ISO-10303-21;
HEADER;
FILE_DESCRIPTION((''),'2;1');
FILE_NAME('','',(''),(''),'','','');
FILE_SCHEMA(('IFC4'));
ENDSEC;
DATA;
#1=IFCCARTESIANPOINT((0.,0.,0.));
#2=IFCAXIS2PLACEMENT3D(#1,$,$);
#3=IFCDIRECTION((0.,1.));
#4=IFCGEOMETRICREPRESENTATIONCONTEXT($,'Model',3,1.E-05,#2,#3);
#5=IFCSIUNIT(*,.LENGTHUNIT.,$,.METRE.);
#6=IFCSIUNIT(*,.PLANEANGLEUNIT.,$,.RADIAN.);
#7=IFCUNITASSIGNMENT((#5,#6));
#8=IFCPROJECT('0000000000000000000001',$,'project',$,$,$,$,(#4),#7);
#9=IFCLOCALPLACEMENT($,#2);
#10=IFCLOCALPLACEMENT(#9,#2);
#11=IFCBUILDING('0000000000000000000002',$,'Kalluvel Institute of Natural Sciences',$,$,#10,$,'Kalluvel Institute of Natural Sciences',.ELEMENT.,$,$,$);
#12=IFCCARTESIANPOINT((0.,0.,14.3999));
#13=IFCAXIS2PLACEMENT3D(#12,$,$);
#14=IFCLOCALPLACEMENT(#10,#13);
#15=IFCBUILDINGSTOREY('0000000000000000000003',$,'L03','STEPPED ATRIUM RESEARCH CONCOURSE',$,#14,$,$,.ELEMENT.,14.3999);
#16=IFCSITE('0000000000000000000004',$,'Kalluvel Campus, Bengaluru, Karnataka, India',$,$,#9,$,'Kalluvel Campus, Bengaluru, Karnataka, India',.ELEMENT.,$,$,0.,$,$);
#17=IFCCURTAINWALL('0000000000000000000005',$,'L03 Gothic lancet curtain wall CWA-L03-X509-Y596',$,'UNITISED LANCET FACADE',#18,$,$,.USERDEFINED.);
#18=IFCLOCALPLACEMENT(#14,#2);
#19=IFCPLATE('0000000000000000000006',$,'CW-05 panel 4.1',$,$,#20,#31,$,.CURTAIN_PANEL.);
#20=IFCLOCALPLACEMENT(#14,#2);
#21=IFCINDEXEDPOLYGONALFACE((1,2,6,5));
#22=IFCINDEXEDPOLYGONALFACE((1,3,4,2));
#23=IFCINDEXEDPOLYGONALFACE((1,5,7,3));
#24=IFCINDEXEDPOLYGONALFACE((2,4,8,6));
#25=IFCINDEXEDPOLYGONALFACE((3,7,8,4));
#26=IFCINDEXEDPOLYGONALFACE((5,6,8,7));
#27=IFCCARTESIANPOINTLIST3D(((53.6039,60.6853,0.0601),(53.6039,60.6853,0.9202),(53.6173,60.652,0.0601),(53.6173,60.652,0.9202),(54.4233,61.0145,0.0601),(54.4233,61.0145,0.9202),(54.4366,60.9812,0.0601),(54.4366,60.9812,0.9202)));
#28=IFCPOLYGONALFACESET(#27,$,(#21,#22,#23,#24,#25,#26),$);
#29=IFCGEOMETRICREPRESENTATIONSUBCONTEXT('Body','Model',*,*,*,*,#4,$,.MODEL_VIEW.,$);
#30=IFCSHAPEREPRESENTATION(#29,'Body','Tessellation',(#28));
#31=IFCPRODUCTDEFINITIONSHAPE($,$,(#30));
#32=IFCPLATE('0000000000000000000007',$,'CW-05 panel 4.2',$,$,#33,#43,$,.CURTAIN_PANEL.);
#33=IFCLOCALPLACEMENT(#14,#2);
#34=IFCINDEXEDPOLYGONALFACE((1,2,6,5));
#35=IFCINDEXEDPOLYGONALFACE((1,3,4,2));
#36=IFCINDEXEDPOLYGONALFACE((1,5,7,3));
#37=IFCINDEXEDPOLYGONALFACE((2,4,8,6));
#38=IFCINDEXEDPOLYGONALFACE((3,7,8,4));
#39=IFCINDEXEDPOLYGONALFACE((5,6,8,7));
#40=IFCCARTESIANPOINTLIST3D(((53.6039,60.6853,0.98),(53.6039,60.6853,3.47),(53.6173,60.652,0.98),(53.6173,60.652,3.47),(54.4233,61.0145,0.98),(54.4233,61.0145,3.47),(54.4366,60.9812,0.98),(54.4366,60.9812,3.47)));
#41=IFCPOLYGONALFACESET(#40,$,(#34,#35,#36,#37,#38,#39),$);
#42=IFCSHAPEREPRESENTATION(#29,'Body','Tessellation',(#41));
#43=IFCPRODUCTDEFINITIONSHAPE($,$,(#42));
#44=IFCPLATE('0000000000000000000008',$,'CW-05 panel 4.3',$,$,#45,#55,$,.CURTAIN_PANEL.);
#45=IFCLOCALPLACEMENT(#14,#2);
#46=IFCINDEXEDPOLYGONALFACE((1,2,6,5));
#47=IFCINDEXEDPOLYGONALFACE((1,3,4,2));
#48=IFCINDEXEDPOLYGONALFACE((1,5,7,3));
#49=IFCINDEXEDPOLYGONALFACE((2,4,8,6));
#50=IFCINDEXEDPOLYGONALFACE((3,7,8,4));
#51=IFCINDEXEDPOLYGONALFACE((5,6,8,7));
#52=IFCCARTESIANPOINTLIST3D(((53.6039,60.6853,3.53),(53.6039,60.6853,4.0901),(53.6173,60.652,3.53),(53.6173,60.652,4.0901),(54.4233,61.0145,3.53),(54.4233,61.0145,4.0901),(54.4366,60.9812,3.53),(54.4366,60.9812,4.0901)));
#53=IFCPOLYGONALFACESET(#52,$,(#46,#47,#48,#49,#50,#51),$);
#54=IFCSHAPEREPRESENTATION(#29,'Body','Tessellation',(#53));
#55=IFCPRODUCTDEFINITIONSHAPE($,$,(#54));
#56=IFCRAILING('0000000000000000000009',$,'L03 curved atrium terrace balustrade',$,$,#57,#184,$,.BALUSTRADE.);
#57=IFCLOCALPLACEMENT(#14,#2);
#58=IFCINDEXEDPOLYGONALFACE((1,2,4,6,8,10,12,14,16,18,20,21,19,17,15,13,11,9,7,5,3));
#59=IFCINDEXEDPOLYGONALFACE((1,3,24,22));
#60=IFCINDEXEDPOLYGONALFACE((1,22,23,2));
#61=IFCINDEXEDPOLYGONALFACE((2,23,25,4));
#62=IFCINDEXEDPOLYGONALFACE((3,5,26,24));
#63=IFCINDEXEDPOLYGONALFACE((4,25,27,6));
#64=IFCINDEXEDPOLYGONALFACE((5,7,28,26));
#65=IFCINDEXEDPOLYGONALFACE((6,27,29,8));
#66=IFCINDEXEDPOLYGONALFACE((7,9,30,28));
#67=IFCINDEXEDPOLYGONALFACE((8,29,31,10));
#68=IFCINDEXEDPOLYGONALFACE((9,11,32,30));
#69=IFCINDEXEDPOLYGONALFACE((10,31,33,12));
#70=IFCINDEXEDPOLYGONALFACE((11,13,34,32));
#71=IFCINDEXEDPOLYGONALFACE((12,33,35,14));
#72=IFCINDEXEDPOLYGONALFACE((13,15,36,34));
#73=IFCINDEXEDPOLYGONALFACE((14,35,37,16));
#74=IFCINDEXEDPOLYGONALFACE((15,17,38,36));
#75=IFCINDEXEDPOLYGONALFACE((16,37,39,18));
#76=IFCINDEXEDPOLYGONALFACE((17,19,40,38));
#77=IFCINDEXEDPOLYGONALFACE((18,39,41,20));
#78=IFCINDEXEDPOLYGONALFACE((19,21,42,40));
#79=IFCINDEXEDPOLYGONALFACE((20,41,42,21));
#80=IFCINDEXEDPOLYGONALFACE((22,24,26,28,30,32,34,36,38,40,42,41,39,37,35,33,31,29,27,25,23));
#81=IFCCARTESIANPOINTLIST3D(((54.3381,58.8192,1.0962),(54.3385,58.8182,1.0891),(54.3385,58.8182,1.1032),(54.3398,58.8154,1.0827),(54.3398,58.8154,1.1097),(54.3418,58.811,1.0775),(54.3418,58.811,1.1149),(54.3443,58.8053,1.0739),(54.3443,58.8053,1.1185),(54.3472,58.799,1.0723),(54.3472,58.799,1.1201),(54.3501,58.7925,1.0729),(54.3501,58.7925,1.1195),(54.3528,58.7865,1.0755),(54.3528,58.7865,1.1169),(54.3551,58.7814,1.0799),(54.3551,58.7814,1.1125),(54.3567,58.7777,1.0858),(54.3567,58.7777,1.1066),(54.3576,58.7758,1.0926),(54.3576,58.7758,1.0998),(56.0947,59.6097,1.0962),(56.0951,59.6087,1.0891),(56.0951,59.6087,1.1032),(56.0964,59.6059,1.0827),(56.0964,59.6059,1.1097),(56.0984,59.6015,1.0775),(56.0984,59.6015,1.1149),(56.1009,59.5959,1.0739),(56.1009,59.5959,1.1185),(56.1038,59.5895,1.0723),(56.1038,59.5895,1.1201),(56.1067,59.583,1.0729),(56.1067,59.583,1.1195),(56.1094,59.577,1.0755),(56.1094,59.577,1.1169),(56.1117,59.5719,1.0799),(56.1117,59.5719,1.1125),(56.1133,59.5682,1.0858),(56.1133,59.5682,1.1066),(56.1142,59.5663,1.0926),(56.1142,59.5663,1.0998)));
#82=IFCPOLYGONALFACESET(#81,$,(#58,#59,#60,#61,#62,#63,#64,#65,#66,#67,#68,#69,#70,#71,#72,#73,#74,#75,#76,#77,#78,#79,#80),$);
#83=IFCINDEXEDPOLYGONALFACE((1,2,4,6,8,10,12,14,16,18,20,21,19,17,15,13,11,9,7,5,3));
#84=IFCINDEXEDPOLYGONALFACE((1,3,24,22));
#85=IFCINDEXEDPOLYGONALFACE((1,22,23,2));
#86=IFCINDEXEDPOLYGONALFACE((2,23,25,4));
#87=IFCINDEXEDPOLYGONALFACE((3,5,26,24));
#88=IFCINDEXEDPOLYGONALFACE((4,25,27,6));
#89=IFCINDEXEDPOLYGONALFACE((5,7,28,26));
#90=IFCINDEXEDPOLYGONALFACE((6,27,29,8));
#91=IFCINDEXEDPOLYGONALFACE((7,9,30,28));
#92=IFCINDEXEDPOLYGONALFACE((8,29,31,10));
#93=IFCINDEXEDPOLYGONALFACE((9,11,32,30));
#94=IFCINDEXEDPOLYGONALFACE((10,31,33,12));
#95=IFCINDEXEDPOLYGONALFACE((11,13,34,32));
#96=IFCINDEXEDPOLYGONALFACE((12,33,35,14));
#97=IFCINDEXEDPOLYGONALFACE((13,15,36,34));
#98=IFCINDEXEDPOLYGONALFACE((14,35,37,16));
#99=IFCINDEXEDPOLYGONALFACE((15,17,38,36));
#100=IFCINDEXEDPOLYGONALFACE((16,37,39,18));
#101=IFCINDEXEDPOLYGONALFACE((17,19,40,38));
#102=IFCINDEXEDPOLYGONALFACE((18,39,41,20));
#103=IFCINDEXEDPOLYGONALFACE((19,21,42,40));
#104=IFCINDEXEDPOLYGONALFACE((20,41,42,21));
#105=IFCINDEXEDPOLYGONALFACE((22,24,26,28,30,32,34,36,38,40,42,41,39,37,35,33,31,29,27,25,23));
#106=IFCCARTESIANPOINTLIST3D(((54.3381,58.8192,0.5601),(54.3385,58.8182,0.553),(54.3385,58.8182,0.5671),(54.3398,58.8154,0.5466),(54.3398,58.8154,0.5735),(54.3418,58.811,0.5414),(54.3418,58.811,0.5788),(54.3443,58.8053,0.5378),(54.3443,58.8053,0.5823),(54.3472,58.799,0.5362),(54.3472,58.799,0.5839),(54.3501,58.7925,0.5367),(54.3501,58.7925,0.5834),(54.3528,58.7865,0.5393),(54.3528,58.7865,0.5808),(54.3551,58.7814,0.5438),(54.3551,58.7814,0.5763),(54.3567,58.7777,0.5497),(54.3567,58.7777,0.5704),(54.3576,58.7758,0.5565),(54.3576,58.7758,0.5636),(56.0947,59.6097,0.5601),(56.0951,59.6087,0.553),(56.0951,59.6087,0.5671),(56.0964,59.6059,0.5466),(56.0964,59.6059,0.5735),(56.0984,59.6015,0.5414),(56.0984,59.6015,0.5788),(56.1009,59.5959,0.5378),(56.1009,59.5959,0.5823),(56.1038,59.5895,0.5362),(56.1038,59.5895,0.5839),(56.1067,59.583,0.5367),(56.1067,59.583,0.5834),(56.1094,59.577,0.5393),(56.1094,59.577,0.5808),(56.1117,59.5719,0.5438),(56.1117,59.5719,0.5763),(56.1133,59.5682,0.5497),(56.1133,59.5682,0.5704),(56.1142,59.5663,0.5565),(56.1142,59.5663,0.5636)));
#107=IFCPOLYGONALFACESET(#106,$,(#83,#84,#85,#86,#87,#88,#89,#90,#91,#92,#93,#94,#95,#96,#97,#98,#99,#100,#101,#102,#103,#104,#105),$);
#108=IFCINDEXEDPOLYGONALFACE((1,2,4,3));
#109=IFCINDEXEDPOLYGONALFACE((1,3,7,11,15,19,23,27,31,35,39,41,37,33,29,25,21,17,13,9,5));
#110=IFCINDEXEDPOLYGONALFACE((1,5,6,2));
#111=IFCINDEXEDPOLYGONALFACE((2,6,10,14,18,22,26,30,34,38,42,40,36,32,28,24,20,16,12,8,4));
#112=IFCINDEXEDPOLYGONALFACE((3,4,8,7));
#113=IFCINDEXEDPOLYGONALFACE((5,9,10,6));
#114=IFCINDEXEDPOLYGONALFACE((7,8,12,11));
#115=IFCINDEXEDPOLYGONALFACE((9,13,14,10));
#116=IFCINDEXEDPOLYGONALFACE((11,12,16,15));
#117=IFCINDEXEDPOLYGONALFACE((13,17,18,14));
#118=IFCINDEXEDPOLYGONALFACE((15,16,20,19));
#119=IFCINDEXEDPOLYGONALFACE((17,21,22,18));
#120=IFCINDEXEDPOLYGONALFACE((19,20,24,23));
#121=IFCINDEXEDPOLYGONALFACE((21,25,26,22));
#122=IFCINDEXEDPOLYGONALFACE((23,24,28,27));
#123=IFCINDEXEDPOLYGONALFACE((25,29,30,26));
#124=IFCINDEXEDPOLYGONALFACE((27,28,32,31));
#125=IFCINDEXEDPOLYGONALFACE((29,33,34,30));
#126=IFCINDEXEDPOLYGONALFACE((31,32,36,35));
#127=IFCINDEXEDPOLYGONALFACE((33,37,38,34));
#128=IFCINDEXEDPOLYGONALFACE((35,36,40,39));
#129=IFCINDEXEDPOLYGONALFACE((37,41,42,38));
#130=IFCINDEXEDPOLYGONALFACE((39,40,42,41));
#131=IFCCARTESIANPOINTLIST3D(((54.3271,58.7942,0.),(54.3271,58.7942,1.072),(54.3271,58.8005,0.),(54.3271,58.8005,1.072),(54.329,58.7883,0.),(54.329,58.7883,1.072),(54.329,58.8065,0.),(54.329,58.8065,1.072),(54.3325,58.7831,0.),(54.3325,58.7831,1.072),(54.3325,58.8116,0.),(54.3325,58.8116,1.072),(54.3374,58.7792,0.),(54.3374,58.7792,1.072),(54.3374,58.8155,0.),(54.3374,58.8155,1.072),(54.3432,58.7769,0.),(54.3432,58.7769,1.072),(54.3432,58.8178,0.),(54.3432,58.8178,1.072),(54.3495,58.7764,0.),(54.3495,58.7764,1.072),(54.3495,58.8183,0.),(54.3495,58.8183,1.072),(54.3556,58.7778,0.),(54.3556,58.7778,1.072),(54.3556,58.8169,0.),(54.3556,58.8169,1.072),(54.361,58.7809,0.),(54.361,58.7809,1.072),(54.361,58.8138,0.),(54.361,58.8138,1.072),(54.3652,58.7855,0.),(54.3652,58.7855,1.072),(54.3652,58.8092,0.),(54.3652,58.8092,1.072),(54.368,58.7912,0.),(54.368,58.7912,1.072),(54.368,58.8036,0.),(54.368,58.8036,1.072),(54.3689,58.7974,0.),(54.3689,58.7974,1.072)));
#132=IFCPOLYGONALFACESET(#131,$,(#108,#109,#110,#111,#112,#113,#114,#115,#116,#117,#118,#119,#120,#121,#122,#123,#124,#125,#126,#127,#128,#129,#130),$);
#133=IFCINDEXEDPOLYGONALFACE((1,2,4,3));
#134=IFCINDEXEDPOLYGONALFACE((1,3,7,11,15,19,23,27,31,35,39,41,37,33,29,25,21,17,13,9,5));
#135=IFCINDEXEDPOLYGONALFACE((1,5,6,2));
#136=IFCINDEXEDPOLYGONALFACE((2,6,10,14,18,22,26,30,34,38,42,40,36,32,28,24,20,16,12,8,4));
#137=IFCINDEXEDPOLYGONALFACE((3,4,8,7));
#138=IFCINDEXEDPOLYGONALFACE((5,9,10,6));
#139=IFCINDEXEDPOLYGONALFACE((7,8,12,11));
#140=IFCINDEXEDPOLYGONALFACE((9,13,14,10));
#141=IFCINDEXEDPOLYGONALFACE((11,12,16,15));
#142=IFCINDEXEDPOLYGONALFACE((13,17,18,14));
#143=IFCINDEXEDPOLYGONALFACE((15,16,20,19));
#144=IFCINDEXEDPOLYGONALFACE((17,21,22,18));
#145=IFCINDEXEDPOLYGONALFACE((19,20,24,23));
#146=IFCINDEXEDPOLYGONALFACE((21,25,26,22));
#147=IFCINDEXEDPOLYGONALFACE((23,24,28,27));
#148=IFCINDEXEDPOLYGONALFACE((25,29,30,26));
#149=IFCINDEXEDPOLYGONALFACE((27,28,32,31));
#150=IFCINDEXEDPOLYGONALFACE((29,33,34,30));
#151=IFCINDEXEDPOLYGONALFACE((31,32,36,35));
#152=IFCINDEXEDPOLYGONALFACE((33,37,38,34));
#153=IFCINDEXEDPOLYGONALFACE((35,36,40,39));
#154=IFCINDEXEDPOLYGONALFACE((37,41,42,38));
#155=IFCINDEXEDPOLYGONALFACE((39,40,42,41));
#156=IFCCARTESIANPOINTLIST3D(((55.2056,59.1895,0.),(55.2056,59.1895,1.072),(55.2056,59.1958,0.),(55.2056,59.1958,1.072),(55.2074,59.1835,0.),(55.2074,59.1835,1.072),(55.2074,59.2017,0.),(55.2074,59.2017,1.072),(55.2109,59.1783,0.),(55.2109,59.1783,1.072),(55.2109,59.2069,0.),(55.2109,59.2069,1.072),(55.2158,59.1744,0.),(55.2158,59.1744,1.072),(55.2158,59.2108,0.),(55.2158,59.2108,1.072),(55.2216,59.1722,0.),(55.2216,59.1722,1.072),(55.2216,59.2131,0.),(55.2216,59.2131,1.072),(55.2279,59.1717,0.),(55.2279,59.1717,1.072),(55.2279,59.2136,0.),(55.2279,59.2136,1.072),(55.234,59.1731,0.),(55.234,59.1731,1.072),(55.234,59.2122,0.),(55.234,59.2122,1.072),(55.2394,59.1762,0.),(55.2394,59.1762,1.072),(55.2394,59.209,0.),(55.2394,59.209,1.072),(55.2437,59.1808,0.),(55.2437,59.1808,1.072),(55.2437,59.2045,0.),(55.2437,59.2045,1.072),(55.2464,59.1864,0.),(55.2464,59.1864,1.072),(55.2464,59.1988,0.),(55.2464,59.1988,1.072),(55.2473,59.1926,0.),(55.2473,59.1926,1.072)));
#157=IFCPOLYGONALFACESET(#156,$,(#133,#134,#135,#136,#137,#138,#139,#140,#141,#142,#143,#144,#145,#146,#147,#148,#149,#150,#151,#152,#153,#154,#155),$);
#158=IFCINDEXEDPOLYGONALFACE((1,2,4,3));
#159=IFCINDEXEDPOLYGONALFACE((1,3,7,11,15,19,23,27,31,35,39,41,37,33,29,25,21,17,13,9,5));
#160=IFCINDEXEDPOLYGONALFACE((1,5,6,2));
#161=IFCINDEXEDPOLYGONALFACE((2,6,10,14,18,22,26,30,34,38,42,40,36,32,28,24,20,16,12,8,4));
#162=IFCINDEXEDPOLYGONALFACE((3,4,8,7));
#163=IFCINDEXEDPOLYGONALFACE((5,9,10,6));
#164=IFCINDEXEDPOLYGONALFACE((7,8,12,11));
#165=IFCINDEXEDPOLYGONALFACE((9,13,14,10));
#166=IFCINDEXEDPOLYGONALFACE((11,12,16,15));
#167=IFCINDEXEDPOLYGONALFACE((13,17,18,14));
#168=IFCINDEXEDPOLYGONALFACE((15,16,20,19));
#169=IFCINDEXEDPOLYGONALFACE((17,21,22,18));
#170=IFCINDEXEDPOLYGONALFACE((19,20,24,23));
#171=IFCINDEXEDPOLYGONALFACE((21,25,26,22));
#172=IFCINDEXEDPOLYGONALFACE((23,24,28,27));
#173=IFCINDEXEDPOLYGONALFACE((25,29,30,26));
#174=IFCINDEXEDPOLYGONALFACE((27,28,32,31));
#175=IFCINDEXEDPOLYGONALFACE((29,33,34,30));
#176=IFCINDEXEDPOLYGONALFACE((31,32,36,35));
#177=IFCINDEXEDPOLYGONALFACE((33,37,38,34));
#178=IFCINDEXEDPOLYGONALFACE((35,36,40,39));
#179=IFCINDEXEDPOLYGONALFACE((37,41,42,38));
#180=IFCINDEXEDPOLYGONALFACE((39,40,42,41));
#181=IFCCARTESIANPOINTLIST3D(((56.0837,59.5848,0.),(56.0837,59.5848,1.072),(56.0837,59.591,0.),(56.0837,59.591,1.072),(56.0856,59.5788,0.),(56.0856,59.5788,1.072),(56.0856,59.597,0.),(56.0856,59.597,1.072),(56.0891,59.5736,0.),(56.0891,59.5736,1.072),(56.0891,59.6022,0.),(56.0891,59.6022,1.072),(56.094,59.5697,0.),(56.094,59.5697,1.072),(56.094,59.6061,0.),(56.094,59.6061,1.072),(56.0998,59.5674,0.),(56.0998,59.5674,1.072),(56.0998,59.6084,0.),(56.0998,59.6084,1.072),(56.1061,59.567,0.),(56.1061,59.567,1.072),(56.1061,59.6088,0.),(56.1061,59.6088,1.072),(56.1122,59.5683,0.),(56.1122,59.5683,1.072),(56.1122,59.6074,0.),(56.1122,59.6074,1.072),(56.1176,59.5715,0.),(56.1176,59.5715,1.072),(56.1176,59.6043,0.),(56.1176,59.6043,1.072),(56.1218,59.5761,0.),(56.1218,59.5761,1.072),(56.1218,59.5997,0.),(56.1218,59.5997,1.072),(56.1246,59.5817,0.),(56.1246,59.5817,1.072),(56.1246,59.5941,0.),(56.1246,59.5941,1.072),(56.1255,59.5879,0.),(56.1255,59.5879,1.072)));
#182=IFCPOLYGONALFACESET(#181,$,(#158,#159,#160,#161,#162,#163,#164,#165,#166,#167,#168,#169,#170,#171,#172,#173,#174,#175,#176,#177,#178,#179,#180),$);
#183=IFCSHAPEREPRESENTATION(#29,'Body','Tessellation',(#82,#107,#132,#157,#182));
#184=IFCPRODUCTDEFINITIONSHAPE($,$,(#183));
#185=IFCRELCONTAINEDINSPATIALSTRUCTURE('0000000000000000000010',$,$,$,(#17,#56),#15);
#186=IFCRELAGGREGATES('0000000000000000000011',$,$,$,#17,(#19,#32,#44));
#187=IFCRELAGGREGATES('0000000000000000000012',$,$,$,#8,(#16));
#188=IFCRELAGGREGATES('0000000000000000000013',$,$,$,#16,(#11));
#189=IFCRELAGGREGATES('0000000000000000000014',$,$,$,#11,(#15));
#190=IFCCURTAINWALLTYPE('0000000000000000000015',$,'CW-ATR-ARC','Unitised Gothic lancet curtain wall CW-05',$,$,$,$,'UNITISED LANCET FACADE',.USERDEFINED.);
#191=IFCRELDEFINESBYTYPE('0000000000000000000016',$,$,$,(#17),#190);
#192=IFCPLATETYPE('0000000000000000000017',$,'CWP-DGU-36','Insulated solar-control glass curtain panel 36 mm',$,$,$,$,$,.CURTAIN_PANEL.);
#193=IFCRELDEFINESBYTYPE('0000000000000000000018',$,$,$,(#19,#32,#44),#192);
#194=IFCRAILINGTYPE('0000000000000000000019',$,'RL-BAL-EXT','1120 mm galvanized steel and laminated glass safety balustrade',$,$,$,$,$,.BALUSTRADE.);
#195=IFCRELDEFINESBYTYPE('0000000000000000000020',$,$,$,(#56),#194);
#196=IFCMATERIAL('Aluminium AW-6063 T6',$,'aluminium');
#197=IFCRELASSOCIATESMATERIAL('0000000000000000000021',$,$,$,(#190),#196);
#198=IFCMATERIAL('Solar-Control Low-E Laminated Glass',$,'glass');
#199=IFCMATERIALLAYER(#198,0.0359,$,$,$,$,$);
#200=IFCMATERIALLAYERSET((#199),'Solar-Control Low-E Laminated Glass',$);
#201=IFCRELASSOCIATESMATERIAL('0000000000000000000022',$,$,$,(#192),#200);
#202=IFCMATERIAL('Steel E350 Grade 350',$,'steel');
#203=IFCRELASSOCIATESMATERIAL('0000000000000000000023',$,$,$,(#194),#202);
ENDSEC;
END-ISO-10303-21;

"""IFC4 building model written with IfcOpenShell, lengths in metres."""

from ifc_helpers import new_model, si_unit, direction, frame, origin, origin_2d, place, context, subcontext, project, spatial, rectangle, circle, extrude, material, layer, layer_set, type_object, element, aggregate, save


model = new_model("IFC4")

# Units and contexts
model_context = context("Model", 3, precision=1e-05, world=origin(), true_north=direction((0.0, 1.0)))
body_context = subcontext(model_context, "Body", "Model", "MODEL_VIEW")
ifc_project = project(units=[si_unit("LENGTHUNIT", "METRE"), si_unit("PLANEANGLEUNIT", "RADIAN")], contexts=[model_context])

# Site, building, storey
site_placement = place(None, origin())
site = spatial("IfcSite", under=ifc_project, at=site_placement, Name="Kalluvel Campus, Bengaluru, Karnataka, India", LongName="Kalluvel Campus, Bengaluru, Karnataka, India", CompositionType="ELEMENT", RefElevation=0.0)
building_placement = place(site_placement, origin())
building = spatial("IfcBuilding", under=site, at=building_placement, Name="Kalluvel Institute of Natural Sciences", LongName="Kalluvel Institute of Natural Sciences", CompositionType="ELEMENT")
storey_placement = place(building_placement, frame((0.0, 0.0, 14.3999)))
storey = spatial("IfcBuildingStorey", under=building, at=storey_placement, Name="L03", Description="STEPPED ATRIUM RESEARCH CONCOURSE", CompositionType="ELEMENT", Elevation=14.3999)

# Curtain wall
ifc_material_1 = material(Name="Aluminium AW-6063 T6", Category="aluminium")
curtain_wall_type = type_object("IfcCurtainWallType", Name="CW-ATR-ARC", Description="Unitised Gothic lancet curtain wall CW-05", ElementType="UNITISED LANCET FACADE", PredefinedType="USERDEFINED", material=ifc_material_1)
curtain_wall_1_placement = place(storey_placement, origin())
curtain_wall_1 = element("IfcCurtainWall", 1, at=curtain_wall_1_placement, inside=storey, type_object=curtain_wall_type, Name="L03 Gothic lancet curtain wall CWA-L03-X509-Y596", ObjectType="UNITISED LANCET FACADE", PredefinedType="USERDEFINED")

# Plates
ifc_material_2 = material(Name="Solar-Control Low-E Laminated Glass", Category="glass")
ifc_layer = layer(ifc_material_2, 0.0359)
ifc_layer_set = layer_set([ifc_layer], Name="Solar-Control Low-E Laminated Glass")
plate_type = type_object("IfcPlateType", Name="CWP-DGU-36", Description="Insulated solar-control glass curtain panel 36 mm", PredefinedType="CURTAIN_PANEL", material=ifc_layer_set)
plate_1_placement = place(storey_placement, frame((54.0203, 60.8333, 0.0601), z_axis=(0.0, 0.0, 1.0), x_axis=(0.927889, 0.372857, 0.0)))
plate_1 = element("IfcPlate", 2, at=plate_1_placement, type_object=plate_type, Name="CW-05 panel 4.1", PredefinedType="CURTAIN_PANEL", context=body_context, shape_type="SweptSolid", body=[
    extrude(rectangle(XDim=0.8831, YDim=0.0359, at=origin_2d()), origin(), (0.0, 0.0, 1.0), 0.8601),
])
plate_2_placement = place(storey_placement, frame((54.0203, 60.8333, 0.98), z_axis=(0.0, 0.0, 1.0), x_axis=(0.927889, 0.372857, 0.0)))
plate_2 = element("IfcPlate", 3, at=plate_2_placement, type_object=plate_type, Name="CW-05 panel 4.2", PredefinedType="CURTAIN_PANEL", context=body_context, shape_type="SweptSolid", body=[
    extrude(rectangle(XDim=0.8831, YDim=0.0359, at=origin_2d()), origin(), (0.0, 0.0, 1.0), 2.49),
])
plate_3_placement = place(storey_placement, frame((54.0203, 60.8333, 3.53), z_axis=(0.0, 0.0, 1.0), x_axis=(0.927889, 0.372857, 0.0)))
plate_3 = element("IfcPlate", 4, at=plate_3_placement, type_object=plate_type, Name="CW-05 panel 4.3", PredefinedType="CURTAIN_PANEL", context=body_context, shape_type="SweptSolid", body=[
    extrude(rectangle(XDim=0.8831, YDim=0.0359, at=origin_2d()), origin(), (0.0, 0.0, 1.0), 0.5601),
])
aggregate(curtain_wall_1, [plate_1, plate_2, plate_3])

# Railing
ifc_material_3 = material(Name="Steel E350 Grade 350", Category="steel")
railing_type = type_object("IfcRailingType", Name="RL-BAL-EXT", Description="1120 mm galvanized steel and laminated glass safety balustrade", PredefinedType="BALUSTRADE", material=ifc_material_3)
railing_placement = place(storey_placement, frame((54.3479, 58.7974, 0.0)))
element("IfcRailing", 5, at=railing_placement, inside=storey, type_object=railing_type, Name="L03 curved atrium terrace balustrade", PredefinedType="BALUSTRADE", context=body_context, shape_type="SweptSolid", body=[
    extrude(circle(Radius=0.0239, at=origin_2d()), frame((0.0, 0.0, 1.0962), z_axis=(0.91191, 0.410391, 0.0), x_axis=(-0.410391, 0.91191, 0.0)), (0.0, 0.0, 1.0), 1.9263),
    extrude(circle(Radius=0.0239, at=origin_2d()), frame((0.0, 0.0, 0.5601), z_axis=(0.91191, 0.410391, 0.0), x_axis=(-0.410391, 0.91191, 0.0)), (0.0, 0.0, 1.0), 1.9263),
    extrude(circle(Radius=0.021, at=origin_2d()), origin(), (0.0, 0.0, 1.0), 1.072),
    extrude(circle(Radius=0.021, at=origin_2d()), frame((0.8784, 0.3953, 0.0)), (0.0, 0.0, 1.0), 1.072),
    extrude(circle(Radius=0.021, at=origin_2d()), frame((1.7566, 0.7905, 0.0)), (0.0, 0.0, 1.0), 1.072),
])

save(model, "model.ifc")
